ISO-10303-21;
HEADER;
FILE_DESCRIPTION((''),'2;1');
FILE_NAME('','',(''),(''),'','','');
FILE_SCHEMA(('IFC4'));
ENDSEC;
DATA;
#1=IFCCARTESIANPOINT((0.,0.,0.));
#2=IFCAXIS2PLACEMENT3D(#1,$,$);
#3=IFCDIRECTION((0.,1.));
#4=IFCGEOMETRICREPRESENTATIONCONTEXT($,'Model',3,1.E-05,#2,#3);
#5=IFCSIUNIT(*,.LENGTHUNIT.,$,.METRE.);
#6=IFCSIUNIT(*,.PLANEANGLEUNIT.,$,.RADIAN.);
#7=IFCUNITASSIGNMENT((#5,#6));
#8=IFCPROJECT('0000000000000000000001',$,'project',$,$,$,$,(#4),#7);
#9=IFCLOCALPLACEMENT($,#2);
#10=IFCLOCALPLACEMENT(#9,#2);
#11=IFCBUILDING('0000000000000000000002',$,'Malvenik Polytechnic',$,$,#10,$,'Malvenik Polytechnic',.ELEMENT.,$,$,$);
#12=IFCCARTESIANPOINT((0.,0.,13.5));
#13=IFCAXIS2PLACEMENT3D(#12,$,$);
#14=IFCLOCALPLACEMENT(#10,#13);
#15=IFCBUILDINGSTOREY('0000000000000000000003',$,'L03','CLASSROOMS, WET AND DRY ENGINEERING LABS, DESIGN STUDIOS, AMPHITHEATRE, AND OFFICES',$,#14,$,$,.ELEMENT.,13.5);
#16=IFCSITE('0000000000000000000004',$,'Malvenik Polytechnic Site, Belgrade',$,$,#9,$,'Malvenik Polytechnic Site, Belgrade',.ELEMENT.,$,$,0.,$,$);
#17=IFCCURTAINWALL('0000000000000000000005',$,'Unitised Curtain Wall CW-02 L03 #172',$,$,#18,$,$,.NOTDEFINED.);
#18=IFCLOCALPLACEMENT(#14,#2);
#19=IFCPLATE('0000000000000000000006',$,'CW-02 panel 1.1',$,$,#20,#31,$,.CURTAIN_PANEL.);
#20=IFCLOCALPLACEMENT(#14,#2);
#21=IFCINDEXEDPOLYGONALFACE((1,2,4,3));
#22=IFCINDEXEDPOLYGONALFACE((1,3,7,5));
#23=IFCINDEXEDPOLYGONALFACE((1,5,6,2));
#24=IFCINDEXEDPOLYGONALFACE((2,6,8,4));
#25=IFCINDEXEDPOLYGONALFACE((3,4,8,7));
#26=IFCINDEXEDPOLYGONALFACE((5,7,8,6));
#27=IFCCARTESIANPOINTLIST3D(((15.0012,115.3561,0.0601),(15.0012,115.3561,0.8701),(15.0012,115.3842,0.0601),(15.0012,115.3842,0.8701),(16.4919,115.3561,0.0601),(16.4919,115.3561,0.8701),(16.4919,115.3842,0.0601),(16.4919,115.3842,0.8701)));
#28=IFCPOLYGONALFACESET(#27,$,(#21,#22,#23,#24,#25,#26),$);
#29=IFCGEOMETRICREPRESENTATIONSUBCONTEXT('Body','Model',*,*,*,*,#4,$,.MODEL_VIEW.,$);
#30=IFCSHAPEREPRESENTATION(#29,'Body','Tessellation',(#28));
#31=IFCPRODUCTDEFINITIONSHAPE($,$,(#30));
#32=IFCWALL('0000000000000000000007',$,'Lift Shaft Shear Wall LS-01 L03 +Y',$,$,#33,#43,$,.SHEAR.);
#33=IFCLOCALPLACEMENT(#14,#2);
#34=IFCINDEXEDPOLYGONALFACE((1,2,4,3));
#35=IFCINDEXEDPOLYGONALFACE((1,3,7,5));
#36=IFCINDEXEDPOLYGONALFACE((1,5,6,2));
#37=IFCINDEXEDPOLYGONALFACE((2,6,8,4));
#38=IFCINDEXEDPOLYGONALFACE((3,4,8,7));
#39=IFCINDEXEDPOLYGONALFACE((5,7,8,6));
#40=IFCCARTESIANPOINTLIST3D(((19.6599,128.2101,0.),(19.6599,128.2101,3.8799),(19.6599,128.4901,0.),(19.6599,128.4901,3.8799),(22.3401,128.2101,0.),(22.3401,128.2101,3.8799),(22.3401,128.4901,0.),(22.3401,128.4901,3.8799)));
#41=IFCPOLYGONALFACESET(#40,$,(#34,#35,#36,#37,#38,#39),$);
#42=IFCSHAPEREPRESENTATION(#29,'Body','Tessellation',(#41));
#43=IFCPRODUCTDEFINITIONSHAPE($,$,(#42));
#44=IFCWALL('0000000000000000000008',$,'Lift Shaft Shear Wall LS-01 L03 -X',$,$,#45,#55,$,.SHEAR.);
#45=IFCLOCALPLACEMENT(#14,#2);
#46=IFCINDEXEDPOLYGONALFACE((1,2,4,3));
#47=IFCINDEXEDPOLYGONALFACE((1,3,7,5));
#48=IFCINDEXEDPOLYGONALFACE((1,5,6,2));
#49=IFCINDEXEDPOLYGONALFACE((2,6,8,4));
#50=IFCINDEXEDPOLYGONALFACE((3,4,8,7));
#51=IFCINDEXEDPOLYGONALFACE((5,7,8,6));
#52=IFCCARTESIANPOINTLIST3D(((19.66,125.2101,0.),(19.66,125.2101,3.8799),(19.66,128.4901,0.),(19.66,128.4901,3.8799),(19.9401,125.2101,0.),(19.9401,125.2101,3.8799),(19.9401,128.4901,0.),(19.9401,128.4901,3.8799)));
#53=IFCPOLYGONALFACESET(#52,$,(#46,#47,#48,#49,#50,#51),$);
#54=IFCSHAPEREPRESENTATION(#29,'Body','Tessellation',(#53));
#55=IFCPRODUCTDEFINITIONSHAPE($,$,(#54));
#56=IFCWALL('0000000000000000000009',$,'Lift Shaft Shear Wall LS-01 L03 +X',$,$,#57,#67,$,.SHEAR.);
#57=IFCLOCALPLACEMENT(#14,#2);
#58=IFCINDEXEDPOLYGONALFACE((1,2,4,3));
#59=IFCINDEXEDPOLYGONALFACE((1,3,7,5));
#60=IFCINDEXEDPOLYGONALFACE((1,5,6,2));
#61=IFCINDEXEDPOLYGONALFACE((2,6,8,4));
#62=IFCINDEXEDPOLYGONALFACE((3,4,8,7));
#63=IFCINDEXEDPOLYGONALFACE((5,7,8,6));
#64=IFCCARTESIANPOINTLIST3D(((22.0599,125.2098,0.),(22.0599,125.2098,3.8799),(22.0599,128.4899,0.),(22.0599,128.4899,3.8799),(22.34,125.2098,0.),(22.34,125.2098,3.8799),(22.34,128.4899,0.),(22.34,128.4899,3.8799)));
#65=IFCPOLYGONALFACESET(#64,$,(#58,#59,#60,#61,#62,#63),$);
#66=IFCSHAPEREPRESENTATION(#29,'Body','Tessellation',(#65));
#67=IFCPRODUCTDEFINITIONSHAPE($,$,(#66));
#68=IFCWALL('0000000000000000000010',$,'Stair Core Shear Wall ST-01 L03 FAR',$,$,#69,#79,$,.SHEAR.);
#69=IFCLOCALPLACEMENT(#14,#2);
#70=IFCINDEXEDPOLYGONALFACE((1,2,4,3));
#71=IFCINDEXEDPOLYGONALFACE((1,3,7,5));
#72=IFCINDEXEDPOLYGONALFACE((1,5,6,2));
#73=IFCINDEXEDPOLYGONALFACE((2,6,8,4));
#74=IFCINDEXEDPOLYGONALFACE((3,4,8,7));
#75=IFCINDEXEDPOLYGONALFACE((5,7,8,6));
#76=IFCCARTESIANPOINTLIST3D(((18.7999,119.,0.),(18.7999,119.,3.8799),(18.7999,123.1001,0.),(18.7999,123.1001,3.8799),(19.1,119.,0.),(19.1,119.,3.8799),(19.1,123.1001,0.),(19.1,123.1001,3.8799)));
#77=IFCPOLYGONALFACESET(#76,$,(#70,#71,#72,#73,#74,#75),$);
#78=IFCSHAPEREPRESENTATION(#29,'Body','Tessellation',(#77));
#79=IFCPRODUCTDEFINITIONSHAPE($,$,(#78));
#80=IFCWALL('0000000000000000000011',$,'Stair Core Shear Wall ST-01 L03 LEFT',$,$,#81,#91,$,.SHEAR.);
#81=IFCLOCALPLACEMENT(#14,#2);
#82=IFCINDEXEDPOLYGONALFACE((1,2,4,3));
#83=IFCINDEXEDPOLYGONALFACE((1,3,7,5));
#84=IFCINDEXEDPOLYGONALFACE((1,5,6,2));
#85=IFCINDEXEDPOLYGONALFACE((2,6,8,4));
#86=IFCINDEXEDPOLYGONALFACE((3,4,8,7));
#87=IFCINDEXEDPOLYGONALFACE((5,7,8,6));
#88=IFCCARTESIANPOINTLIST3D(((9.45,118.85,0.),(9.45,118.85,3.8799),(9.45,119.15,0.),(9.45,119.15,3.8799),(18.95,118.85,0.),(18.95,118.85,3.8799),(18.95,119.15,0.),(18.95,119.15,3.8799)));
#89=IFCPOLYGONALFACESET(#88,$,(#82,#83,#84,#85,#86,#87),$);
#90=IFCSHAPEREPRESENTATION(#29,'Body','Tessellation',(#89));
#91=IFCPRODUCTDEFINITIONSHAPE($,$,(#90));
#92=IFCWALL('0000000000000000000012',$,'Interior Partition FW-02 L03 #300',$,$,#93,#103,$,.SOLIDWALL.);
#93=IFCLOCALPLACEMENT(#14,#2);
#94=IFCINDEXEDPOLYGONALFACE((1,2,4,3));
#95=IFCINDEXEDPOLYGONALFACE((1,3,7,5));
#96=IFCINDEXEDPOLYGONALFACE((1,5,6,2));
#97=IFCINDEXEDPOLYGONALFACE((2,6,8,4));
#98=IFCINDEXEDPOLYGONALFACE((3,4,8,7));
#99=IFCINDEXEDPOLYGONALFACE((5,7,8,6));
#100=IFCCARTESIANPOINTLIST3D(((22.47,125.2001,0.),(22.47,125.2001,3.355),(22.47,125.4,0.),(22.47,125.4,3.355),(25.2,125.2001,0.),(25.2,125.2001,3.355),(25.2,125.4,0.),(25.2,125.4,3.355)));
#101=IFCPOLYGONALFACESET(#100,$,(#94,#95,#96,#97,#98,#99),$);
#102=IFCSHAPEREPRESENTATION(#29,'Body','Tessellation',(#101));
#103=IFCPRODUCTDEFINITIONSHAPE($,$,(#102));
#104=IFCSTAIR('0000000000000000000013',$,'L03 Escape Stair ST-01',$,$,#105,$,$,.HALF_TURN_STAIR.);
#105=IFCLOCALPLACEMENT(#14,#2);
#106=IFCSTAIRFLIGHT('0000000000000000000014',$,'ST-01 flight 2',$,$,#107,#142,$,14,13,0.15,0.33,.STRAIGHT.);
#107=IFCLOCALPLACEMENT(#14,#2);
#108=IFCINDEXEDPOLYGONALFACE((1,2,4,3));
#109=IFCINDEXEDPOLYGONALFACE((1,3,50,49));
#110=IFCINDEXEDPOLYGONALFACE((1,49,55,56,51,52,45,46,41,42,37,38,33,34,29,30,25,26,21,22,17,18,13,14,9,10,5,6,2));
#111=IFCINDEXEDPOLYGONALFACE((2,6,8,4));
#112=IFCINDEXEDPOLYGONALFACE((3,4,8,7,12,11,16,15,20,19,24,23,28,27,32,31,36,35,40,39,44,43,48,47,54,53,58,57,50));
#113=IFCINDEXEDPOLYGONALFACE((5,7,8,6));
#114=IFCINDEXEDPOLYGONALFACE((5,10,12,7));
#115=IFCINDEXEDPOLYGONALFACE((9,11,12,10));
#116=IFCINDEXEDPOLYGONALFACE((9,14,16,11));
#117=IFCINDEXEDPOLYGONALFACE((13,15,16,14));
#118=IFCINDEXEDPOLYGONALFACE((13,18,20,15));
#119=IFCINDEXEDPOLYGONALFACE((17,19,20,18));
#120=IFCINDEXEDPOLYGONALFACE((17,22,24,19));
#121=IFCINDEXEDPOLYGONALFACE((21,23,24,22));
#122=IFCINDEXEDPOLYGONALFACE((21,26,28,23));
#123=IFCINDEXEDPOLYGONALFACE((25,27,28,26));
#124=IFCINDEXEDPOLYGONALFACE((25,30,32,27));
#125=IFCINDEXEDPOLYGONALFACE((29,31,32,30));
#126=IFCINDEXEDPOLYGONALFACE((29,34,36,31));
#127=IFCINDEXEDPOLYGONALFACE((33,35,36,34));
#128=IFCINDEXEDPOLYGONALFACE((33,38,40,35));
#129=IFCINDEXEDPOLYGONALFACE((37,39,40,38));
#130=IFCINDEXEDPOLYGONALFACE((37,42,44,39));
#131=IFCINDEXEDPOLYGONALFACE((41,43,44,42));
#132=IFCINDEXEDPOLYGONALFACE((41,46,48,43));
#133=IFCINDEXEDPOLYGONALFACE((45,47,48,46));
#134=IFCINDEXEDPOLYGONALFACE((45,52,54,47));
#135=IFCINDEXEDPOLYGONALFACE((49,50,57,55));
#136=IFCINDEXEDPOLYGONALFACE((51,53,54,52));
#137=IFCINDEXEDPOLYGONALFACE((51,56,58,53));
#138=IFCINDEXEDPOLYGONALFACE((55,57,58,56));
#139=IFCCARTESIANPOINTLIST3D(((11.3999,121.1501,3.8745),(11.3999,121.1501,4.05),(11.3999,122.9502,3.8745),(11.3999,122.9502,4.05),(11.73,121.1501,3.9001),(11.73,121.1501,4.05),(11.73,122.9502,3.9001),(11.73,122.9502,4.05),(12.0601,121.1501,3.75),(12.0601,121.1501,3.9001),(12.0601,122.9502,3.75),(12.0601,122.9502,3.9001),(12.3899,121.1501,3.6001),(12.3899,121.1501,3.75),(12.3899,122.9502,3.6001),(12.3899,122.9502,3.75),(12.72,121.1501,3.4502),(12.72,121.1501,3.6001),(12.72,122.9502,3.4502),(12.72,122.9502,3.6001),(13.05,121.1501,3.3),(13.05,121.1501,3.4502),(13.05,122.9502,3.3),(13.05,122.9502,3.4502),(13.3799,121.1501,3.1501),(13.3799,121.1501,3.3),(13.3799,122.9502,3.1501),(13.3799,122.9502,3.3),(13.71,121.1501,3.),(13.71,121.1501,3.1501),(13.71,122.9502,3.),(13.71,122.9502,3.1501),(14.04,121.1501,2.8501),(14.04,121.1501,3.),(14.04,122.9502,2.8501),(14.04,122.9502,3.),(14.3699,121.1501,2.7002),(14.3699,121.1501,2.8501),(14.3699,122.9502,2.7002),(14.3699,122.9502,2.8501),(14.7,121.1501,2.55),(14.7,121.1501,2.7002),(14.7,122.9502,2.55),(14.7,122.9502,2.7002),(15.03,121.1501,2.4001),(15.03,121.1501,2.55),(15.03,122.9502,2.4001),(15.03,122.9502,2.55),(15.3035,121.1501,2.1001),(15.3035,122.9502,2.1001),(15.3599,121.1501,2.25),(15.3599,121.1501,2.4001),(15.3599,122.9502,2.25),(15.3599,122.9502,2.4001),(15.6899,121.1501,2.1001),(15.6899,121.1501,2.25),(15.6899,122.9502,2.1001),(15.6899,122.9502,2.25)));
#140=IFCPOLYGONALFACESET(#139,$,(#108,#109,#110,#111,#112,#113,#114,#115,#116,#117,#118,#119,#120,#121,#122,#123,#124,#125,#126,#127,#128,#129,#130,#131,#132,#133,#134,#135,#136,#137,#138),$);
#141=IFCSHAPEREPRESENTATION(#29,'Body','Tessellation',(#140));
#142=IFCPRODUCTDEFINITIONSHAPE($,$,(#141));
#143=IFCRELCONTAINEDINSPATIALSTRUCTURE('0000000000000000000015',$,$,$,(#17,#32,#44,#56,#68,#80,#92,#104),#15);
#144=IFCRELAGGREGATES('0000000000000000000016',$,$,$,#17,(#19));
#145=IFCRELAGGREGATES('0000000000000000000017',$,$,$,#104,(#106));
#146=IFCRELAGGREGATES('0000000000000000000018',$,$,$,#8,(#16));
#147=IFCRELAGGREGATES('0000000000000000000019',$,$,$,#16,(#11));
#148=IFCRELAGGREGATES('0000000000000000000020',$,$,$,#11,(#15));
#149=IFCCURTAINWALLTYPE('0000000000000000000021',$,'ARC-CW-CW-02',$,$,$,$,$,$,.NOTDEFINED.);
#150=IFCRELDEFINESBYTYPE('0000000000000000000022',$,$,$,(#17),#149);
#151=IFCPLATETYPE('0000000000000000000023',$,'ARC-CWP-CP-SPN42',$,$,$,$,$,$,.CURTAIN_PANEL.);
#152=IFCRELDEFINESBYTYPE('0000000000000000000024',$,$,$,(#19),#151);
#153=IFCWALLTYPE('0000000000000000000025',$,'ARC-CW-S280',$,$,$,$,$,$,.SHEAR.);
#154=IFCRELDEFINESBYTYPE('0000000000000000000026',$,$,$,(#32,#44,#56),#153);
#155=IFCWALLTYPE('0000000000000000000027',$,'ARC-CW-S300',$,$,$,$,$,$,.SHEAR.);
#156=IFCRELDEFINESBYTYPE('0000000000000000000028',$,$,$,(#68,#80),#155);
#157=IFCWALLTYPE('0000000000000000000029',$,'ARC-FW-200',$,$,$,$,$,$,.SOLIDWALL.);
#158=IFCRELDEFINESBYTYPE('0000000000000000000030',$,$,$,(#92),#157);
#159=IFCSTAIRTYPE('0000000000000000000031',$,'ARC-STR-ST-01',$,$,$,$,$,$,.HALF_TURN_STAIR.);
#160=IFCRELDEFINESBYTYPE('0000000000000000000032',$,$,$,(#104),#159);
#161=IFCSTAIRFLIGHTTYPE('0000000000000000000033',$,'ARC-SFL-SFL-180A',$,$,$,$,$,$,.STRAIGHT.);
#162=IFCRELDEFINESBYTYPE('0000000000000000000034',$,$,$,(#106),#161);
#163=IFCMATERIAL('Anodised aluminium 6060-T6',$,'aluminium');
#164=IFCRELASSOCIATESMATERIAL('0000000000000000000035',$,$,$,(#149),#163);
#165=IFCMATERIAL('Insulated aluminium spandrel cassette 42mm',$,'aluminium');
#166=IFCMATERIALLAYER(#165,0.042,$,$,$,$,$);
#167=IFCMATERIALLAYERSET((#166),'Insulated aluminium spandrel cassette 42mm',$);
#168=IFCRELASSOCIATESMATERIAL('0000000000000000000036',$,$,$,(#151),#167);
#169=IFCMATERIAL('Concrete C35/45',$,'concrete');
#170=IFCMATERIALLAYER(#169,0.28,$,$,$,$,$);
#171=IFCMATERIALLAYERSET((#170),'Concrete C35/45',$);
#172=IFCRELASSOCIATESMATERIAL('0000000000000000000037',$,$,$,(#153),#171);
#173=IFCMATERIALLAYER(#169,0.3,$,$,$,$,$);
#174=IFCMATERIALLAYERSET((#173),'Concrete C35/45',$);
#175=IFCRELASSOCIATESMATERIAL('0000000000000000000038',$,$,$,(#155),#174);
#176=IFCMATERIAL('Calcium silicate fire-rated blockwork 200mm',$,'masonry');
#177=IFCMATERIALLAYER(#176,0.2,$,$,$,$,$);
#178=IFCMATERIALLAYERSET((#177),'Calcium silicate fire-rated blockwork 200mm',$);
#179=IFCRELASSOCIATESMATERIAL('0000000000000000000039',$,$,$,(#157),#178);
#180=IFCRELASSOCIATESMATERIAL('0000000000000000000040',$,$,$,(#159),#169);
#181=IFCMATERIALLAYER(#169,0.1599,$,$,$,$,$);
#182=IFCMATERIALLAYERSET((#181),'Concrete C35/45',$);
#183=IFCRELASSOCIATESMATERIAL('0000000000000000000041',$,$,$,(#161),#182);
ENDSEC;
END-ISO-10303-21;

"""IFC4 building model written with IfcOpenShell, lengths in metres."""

from ifc_helpers import new_model, si_unit, direction, frame, frame_2d, origin, origin_2d, place, context, subcontext, project, spatial, polyline, rectangle, outline, extrude, material, layer, layer_set, type_object, element, aggregate, save


model = new_model("IFC4")

# Units and contexts
model_context = context("Model", 3, precision=1e-05, world=origin(), true_north=direction((0.0, 1.0)))
body_context = subcontext(model_context, "Body", "Model", "MODEL_VIEW")
ifc_project = project(units=[si_unit("LENGTHUNIT", "METRE"), si_unit("PLANEANGLEUNIT", "RADIAN")], contexts=[model_context])

# Site, building, storey
site_placement = place(None, origin())
site = spatial("IfcSite", under=ifc_project, at=site_placement, Name="Malvenik Polytechnic Site, Belgrade", LongName="Malvenik Polytechnic Site, Belgrade", CompositionType="ELEMENT", RefElevation=0.0)
building_placement = place(site_placement, origin())
building = spatial("IfcBuilding", under=site, at=building_placement, Name="Malvenik Polytechnic", LongName="Malvenik Polytechnic", CompositionType="ELEMENT")
storey_placement = place(building_placement, frame((0.0, 0.0, 13.5)))
storey = spatial("IfcBuildingStorey", under=building, at=storey_placement, Name="L03", Description="CLASSROOMS, WET AND DRY ENGINEERING LABS, DESIGN STUDIOS, AMPHITHEATRE, AND OFFICES", CompositionType="ELEMENT", Elevation=13.5)

# Curtain wall
ifc_material_1 = material(Name="Anodised aluminium 6060-T6", Category="aluminium")
curtain_wall_type = type_object("IfcCurtainWallType", Name="ARC-CW-CW-02", PredefinedType="NOTDEFINED", material=ifc_material_1)
curtain_wall_1_placement = place(storey_placement, origin())
curtain_wall_1 = element("IfcCurtainWall", 1, at=curtain_wall_1_placement, inside=storey, type_object=curtain_wall_type, Name="Unitised Curtain Wall CW-02 L03 #172", PredefinedType="NOTDEFINED")

# Plate
ifc_material_2 = material(Name="Insulated aluminium spandrel cassette 42mm", Category="aluminium")
ifc_layer_1 = layer(ifc_material_2, 0.042)
ifc_layer_set_1 = layer_set([ifc_layer_1], Name="Insulated aluminium spandrel cassette 42mm")
plate_type_1 = type_object("IfcPlateType", Name="ARC-CWP-CP-SPN42", PredefinedType="CURTAIN_PANEL", material=ifc_layer_set_1)
plate_1_placement = place(storey_placement, frame((15.7466, 115.3701, 0.0601), z_axis=(0.0, 0.0, 1.0), x_axis=(-1.0, 0.0, 0.0)))
plate_1 = element("IfcPlate", 2, at=plate_1_placement, type_object=plate_type_1, Name="CW-02 panel 1.1", PredefinedType="CURTAIN_PANEL", context=body_context, shape_type="SweptSolid", body=[
    extrude(rectangle(XDim=1.4907, YDim=0.0281, at=origin_2d()), origin(), (0.0, 0.0, 1.0), 0.8101),
])
aggregate(curtain_wall_1, [plate_1])

# Shared definitions
ifc_material_3 = material(Name="Concrete C35/45", Category="concrete")
ifc_layer_2 = layer(ifc_material_3, 0.28)
ifc_layer_set_2 = layer_set([ifc_layer_2], Name="Concrete C35/45")
wall_type_1 = type_object("IfcWallType", Name="ARC-CW-S280", PredefinedType="SHEAR", material=ifc_layer_set_2)

# Walls
wall_1_placement = place(storey_placement, frame((19.6599, 128.3501, 0.0), z_axis=(0.0, 0.0, 1.0), x_axis=(1.0, 0.0, 0.0)))
element("IfcWall", 3, at=wall_1_placement, inside=storey, type_object=wall_type_1, Name="Lift Shaft Shear Wall LS-01 L03 +Y", PredefinedType="SHEAR", context=body_context, shape_type="SweptSolid", body=[
    extrude(rectangle(XDim=2.6802, YDim=0.28, at=frame_2d((1.3401, 0.0))), origin(), (0.0, 0.0, 1.0), 3.8799),
])
for number, where, z_axis, x_axis, name in (
    (4, (19.8, 125.21, 0.0), (0.0, 0.0, 1.0), (0.0, 1.0, 0.0), "Lift Shaft Shear Wall LS-01 L03 -X"),
    (5, (22.2, 128.49, 0.0), (0.0, 0.0, 1.0), (0.0, -1.0, 0.0), "Lift Shaft Shear Wall LS-01 L03 +X"),
):
    element("IfcWall", number, at=place(storey_placement, frame(where, z_axis=z_axis, x_axis=x_axis)), inside=storey, type_object=wall_type_1, Name=name, PredefinedType="SHEAR", context=body_context, shape_type="SweptSolid", body=[
        extrude(rectangle(XDim=3.28, YDim=0.28, at=frame_2d((1.6401, 0.0))), origin(), (0.0, 0.0, 1.0), 3.8799),
    ])
ifc_layer_3 = layer(ifc_material_3, 0.3)
ifc_layer_set_3 = layer_set([ifc_layer_3], Name="Concrete C35/45")
wall_type_2 = type_object("IfcWallType", Name="ARC-CW-S300", PredefinedType="SHEAR", material=ifc_layer_set_3)
wall_2_placement = place(storey_placement, frame((18.95, 123.1001, 0.0), z_axis=(0.0, 0.0, 1.0), x_axis=(0.0, -1.0, 0.0)))
element("IfcWall", 6, at=wall_2_placement, inside=storey, type_object=wall_type_2, Name="Stair Core Shear Wall ST-01 L03 FAR", PredefinedType="SHEAR", context=body_context, shape_type="SweptSolid", body=[
    extrude(rectangle(XDim=4.1001, YDim=0.3, at=frame_2d((2.05, 0.0))), origin(), (0.0, 0.0, 1.0), 3.8799),
])
wall_3_placement = place(storey_placement, frame((18.95, 119.0, 0.0), z_axis=(0.0, 0.0, 1.0), x_axis=(-1.0, 0.0, 0.0)))
element("IfcWall", 7, at=wall_3_placement, inside=storey, type_object=wall_type_2, Name="Stair Core Shear Wall ST-01 L03 LEFT", PredefinedType="SHEAR", context=body_context, shape_type="SweptSolid", body=[
    extrude(rectangle(XDim=9.5, YDim=0.3, at=frame_2d((4.75, 0.0))), origin(), (0.0, 0.0, 1.0), 3.8799),
])
ifc_material_4 = material(Name="Calcium silicate fire-rated blockwork 200mm", Category="masonry")
ifc_layer_4 = layer(ifc_material_4, 0.2)
ifc_layer_set_4 = layer_set([ifc_layer_4], Name="Calcium silicate fire-rated blockwork 200mm")
wall_type_3 = type_object("IfcWallType", Name="ARC-FW-200", PredefinedType="SOLIDWALL", material=ifc_layer_set_4)
wall_4_placement = place(storey_placement, frame((22.47, 125.3, 0.0), z_axis=(0.0, 0.0, 1.0), x_axis=(1.0, 0.0, 0.0)))
element("IfcWall", 8, at=wall_4_placement, inside=storey, type_object=wall_type_3, Name="Interior Partition FW-02 L03 #300", PredefinedType="SOLIDWALL", context=body_context, shape_type="SweptSolid", body=[
    extrude(rectangle(XDim=2.73, YDim=0.2, at=frame_2d((1.365, 0.0))), origin(), (0.0, 0.0, 1.0), 3.355),
])

# Stair, stair flight
stair_type = type_object("IfcStairType", Name="ARC-STR-ST-01", PredefinedType="HALF_TURN_STAIR", material=ifc_material_3)
stair_placement = place(storey_placement, origin())
stair = element("IfcStair", 9, at=stair_placement, inside=storey, type_object=stair_type, Name="L03 Escape Stair ST-01", PredefinedType="HALF_TURN_STAIR")
ifc_layer_5 = layer(ifc_material_3, 0.1599)
ifc_layer_set_5 = layer_set([ifc_layer_5], Name="Concrete C35/45")
stair_flight_type = type_object("IfcStairFlightType", Name="ARC-SFL-SFL-180A", PredefinedType="STRAIGHT", material=ifc_layer_set_5)
stair_flight_placement = place(storey_placement, frame((15.6899, 122.05, 2.1001), z_axis=(0.0, 0.0, 1.0), x_axis=(-1.0, 0.0, 0.0)))
stair_flight = element("IfcStairFlight", 10, at=stair_flight_placement, type_object=stair_flight_type, Name="ST-01 flight 2", NumberOfRisers=14, NumberOfTreads=13, PredefinedType="STRAIGHT", RiserHeight=0.15, TreadLength=0.33, context=body_context, shape_type="SweptSolid", body=[
    extrude(outline(polyline([(0.0, 0.0), (0.0, 0.1499), (0.3301, 0.1499), (0.3301, 0.3), (0.6599, 0.3), (0.6599, 0.45), (0.99, 0.45), (0.99, 0.6001), (1.3201, 0.6001), (1.3201, 0.75), (1.6499, 0.75), (1.6499, 0.8999), (1.98, 0.8999), (1.98, 1.05), (2.3101, 1.05), (2.3101, 1.2), (2.6399, 1.2), (2.6399, 1.3501), (2.97, 1.3501), (2.97, 1.5), (3.3, 1.5), (3.3, 1.6499), (3.6299, 1.6499), (3.6299, 1.8), (3.96, 1.8), (3.96, 1.95), (4.29, 1.95), (4.29, 2.1001), (4.29, 1.7744), (0.3865, 0.0), (0.0, 0.0)])), frame((0.0, 0.8999, 0.0), z_axis=(0.0, -1.0, 0.0), x_axis=(1.0, 0.0, 0.0)), (0.0, 0.0, 1.0), 1.8),
])
aggregate(stair, [stair_flight])

save(model, "model.ifc")
